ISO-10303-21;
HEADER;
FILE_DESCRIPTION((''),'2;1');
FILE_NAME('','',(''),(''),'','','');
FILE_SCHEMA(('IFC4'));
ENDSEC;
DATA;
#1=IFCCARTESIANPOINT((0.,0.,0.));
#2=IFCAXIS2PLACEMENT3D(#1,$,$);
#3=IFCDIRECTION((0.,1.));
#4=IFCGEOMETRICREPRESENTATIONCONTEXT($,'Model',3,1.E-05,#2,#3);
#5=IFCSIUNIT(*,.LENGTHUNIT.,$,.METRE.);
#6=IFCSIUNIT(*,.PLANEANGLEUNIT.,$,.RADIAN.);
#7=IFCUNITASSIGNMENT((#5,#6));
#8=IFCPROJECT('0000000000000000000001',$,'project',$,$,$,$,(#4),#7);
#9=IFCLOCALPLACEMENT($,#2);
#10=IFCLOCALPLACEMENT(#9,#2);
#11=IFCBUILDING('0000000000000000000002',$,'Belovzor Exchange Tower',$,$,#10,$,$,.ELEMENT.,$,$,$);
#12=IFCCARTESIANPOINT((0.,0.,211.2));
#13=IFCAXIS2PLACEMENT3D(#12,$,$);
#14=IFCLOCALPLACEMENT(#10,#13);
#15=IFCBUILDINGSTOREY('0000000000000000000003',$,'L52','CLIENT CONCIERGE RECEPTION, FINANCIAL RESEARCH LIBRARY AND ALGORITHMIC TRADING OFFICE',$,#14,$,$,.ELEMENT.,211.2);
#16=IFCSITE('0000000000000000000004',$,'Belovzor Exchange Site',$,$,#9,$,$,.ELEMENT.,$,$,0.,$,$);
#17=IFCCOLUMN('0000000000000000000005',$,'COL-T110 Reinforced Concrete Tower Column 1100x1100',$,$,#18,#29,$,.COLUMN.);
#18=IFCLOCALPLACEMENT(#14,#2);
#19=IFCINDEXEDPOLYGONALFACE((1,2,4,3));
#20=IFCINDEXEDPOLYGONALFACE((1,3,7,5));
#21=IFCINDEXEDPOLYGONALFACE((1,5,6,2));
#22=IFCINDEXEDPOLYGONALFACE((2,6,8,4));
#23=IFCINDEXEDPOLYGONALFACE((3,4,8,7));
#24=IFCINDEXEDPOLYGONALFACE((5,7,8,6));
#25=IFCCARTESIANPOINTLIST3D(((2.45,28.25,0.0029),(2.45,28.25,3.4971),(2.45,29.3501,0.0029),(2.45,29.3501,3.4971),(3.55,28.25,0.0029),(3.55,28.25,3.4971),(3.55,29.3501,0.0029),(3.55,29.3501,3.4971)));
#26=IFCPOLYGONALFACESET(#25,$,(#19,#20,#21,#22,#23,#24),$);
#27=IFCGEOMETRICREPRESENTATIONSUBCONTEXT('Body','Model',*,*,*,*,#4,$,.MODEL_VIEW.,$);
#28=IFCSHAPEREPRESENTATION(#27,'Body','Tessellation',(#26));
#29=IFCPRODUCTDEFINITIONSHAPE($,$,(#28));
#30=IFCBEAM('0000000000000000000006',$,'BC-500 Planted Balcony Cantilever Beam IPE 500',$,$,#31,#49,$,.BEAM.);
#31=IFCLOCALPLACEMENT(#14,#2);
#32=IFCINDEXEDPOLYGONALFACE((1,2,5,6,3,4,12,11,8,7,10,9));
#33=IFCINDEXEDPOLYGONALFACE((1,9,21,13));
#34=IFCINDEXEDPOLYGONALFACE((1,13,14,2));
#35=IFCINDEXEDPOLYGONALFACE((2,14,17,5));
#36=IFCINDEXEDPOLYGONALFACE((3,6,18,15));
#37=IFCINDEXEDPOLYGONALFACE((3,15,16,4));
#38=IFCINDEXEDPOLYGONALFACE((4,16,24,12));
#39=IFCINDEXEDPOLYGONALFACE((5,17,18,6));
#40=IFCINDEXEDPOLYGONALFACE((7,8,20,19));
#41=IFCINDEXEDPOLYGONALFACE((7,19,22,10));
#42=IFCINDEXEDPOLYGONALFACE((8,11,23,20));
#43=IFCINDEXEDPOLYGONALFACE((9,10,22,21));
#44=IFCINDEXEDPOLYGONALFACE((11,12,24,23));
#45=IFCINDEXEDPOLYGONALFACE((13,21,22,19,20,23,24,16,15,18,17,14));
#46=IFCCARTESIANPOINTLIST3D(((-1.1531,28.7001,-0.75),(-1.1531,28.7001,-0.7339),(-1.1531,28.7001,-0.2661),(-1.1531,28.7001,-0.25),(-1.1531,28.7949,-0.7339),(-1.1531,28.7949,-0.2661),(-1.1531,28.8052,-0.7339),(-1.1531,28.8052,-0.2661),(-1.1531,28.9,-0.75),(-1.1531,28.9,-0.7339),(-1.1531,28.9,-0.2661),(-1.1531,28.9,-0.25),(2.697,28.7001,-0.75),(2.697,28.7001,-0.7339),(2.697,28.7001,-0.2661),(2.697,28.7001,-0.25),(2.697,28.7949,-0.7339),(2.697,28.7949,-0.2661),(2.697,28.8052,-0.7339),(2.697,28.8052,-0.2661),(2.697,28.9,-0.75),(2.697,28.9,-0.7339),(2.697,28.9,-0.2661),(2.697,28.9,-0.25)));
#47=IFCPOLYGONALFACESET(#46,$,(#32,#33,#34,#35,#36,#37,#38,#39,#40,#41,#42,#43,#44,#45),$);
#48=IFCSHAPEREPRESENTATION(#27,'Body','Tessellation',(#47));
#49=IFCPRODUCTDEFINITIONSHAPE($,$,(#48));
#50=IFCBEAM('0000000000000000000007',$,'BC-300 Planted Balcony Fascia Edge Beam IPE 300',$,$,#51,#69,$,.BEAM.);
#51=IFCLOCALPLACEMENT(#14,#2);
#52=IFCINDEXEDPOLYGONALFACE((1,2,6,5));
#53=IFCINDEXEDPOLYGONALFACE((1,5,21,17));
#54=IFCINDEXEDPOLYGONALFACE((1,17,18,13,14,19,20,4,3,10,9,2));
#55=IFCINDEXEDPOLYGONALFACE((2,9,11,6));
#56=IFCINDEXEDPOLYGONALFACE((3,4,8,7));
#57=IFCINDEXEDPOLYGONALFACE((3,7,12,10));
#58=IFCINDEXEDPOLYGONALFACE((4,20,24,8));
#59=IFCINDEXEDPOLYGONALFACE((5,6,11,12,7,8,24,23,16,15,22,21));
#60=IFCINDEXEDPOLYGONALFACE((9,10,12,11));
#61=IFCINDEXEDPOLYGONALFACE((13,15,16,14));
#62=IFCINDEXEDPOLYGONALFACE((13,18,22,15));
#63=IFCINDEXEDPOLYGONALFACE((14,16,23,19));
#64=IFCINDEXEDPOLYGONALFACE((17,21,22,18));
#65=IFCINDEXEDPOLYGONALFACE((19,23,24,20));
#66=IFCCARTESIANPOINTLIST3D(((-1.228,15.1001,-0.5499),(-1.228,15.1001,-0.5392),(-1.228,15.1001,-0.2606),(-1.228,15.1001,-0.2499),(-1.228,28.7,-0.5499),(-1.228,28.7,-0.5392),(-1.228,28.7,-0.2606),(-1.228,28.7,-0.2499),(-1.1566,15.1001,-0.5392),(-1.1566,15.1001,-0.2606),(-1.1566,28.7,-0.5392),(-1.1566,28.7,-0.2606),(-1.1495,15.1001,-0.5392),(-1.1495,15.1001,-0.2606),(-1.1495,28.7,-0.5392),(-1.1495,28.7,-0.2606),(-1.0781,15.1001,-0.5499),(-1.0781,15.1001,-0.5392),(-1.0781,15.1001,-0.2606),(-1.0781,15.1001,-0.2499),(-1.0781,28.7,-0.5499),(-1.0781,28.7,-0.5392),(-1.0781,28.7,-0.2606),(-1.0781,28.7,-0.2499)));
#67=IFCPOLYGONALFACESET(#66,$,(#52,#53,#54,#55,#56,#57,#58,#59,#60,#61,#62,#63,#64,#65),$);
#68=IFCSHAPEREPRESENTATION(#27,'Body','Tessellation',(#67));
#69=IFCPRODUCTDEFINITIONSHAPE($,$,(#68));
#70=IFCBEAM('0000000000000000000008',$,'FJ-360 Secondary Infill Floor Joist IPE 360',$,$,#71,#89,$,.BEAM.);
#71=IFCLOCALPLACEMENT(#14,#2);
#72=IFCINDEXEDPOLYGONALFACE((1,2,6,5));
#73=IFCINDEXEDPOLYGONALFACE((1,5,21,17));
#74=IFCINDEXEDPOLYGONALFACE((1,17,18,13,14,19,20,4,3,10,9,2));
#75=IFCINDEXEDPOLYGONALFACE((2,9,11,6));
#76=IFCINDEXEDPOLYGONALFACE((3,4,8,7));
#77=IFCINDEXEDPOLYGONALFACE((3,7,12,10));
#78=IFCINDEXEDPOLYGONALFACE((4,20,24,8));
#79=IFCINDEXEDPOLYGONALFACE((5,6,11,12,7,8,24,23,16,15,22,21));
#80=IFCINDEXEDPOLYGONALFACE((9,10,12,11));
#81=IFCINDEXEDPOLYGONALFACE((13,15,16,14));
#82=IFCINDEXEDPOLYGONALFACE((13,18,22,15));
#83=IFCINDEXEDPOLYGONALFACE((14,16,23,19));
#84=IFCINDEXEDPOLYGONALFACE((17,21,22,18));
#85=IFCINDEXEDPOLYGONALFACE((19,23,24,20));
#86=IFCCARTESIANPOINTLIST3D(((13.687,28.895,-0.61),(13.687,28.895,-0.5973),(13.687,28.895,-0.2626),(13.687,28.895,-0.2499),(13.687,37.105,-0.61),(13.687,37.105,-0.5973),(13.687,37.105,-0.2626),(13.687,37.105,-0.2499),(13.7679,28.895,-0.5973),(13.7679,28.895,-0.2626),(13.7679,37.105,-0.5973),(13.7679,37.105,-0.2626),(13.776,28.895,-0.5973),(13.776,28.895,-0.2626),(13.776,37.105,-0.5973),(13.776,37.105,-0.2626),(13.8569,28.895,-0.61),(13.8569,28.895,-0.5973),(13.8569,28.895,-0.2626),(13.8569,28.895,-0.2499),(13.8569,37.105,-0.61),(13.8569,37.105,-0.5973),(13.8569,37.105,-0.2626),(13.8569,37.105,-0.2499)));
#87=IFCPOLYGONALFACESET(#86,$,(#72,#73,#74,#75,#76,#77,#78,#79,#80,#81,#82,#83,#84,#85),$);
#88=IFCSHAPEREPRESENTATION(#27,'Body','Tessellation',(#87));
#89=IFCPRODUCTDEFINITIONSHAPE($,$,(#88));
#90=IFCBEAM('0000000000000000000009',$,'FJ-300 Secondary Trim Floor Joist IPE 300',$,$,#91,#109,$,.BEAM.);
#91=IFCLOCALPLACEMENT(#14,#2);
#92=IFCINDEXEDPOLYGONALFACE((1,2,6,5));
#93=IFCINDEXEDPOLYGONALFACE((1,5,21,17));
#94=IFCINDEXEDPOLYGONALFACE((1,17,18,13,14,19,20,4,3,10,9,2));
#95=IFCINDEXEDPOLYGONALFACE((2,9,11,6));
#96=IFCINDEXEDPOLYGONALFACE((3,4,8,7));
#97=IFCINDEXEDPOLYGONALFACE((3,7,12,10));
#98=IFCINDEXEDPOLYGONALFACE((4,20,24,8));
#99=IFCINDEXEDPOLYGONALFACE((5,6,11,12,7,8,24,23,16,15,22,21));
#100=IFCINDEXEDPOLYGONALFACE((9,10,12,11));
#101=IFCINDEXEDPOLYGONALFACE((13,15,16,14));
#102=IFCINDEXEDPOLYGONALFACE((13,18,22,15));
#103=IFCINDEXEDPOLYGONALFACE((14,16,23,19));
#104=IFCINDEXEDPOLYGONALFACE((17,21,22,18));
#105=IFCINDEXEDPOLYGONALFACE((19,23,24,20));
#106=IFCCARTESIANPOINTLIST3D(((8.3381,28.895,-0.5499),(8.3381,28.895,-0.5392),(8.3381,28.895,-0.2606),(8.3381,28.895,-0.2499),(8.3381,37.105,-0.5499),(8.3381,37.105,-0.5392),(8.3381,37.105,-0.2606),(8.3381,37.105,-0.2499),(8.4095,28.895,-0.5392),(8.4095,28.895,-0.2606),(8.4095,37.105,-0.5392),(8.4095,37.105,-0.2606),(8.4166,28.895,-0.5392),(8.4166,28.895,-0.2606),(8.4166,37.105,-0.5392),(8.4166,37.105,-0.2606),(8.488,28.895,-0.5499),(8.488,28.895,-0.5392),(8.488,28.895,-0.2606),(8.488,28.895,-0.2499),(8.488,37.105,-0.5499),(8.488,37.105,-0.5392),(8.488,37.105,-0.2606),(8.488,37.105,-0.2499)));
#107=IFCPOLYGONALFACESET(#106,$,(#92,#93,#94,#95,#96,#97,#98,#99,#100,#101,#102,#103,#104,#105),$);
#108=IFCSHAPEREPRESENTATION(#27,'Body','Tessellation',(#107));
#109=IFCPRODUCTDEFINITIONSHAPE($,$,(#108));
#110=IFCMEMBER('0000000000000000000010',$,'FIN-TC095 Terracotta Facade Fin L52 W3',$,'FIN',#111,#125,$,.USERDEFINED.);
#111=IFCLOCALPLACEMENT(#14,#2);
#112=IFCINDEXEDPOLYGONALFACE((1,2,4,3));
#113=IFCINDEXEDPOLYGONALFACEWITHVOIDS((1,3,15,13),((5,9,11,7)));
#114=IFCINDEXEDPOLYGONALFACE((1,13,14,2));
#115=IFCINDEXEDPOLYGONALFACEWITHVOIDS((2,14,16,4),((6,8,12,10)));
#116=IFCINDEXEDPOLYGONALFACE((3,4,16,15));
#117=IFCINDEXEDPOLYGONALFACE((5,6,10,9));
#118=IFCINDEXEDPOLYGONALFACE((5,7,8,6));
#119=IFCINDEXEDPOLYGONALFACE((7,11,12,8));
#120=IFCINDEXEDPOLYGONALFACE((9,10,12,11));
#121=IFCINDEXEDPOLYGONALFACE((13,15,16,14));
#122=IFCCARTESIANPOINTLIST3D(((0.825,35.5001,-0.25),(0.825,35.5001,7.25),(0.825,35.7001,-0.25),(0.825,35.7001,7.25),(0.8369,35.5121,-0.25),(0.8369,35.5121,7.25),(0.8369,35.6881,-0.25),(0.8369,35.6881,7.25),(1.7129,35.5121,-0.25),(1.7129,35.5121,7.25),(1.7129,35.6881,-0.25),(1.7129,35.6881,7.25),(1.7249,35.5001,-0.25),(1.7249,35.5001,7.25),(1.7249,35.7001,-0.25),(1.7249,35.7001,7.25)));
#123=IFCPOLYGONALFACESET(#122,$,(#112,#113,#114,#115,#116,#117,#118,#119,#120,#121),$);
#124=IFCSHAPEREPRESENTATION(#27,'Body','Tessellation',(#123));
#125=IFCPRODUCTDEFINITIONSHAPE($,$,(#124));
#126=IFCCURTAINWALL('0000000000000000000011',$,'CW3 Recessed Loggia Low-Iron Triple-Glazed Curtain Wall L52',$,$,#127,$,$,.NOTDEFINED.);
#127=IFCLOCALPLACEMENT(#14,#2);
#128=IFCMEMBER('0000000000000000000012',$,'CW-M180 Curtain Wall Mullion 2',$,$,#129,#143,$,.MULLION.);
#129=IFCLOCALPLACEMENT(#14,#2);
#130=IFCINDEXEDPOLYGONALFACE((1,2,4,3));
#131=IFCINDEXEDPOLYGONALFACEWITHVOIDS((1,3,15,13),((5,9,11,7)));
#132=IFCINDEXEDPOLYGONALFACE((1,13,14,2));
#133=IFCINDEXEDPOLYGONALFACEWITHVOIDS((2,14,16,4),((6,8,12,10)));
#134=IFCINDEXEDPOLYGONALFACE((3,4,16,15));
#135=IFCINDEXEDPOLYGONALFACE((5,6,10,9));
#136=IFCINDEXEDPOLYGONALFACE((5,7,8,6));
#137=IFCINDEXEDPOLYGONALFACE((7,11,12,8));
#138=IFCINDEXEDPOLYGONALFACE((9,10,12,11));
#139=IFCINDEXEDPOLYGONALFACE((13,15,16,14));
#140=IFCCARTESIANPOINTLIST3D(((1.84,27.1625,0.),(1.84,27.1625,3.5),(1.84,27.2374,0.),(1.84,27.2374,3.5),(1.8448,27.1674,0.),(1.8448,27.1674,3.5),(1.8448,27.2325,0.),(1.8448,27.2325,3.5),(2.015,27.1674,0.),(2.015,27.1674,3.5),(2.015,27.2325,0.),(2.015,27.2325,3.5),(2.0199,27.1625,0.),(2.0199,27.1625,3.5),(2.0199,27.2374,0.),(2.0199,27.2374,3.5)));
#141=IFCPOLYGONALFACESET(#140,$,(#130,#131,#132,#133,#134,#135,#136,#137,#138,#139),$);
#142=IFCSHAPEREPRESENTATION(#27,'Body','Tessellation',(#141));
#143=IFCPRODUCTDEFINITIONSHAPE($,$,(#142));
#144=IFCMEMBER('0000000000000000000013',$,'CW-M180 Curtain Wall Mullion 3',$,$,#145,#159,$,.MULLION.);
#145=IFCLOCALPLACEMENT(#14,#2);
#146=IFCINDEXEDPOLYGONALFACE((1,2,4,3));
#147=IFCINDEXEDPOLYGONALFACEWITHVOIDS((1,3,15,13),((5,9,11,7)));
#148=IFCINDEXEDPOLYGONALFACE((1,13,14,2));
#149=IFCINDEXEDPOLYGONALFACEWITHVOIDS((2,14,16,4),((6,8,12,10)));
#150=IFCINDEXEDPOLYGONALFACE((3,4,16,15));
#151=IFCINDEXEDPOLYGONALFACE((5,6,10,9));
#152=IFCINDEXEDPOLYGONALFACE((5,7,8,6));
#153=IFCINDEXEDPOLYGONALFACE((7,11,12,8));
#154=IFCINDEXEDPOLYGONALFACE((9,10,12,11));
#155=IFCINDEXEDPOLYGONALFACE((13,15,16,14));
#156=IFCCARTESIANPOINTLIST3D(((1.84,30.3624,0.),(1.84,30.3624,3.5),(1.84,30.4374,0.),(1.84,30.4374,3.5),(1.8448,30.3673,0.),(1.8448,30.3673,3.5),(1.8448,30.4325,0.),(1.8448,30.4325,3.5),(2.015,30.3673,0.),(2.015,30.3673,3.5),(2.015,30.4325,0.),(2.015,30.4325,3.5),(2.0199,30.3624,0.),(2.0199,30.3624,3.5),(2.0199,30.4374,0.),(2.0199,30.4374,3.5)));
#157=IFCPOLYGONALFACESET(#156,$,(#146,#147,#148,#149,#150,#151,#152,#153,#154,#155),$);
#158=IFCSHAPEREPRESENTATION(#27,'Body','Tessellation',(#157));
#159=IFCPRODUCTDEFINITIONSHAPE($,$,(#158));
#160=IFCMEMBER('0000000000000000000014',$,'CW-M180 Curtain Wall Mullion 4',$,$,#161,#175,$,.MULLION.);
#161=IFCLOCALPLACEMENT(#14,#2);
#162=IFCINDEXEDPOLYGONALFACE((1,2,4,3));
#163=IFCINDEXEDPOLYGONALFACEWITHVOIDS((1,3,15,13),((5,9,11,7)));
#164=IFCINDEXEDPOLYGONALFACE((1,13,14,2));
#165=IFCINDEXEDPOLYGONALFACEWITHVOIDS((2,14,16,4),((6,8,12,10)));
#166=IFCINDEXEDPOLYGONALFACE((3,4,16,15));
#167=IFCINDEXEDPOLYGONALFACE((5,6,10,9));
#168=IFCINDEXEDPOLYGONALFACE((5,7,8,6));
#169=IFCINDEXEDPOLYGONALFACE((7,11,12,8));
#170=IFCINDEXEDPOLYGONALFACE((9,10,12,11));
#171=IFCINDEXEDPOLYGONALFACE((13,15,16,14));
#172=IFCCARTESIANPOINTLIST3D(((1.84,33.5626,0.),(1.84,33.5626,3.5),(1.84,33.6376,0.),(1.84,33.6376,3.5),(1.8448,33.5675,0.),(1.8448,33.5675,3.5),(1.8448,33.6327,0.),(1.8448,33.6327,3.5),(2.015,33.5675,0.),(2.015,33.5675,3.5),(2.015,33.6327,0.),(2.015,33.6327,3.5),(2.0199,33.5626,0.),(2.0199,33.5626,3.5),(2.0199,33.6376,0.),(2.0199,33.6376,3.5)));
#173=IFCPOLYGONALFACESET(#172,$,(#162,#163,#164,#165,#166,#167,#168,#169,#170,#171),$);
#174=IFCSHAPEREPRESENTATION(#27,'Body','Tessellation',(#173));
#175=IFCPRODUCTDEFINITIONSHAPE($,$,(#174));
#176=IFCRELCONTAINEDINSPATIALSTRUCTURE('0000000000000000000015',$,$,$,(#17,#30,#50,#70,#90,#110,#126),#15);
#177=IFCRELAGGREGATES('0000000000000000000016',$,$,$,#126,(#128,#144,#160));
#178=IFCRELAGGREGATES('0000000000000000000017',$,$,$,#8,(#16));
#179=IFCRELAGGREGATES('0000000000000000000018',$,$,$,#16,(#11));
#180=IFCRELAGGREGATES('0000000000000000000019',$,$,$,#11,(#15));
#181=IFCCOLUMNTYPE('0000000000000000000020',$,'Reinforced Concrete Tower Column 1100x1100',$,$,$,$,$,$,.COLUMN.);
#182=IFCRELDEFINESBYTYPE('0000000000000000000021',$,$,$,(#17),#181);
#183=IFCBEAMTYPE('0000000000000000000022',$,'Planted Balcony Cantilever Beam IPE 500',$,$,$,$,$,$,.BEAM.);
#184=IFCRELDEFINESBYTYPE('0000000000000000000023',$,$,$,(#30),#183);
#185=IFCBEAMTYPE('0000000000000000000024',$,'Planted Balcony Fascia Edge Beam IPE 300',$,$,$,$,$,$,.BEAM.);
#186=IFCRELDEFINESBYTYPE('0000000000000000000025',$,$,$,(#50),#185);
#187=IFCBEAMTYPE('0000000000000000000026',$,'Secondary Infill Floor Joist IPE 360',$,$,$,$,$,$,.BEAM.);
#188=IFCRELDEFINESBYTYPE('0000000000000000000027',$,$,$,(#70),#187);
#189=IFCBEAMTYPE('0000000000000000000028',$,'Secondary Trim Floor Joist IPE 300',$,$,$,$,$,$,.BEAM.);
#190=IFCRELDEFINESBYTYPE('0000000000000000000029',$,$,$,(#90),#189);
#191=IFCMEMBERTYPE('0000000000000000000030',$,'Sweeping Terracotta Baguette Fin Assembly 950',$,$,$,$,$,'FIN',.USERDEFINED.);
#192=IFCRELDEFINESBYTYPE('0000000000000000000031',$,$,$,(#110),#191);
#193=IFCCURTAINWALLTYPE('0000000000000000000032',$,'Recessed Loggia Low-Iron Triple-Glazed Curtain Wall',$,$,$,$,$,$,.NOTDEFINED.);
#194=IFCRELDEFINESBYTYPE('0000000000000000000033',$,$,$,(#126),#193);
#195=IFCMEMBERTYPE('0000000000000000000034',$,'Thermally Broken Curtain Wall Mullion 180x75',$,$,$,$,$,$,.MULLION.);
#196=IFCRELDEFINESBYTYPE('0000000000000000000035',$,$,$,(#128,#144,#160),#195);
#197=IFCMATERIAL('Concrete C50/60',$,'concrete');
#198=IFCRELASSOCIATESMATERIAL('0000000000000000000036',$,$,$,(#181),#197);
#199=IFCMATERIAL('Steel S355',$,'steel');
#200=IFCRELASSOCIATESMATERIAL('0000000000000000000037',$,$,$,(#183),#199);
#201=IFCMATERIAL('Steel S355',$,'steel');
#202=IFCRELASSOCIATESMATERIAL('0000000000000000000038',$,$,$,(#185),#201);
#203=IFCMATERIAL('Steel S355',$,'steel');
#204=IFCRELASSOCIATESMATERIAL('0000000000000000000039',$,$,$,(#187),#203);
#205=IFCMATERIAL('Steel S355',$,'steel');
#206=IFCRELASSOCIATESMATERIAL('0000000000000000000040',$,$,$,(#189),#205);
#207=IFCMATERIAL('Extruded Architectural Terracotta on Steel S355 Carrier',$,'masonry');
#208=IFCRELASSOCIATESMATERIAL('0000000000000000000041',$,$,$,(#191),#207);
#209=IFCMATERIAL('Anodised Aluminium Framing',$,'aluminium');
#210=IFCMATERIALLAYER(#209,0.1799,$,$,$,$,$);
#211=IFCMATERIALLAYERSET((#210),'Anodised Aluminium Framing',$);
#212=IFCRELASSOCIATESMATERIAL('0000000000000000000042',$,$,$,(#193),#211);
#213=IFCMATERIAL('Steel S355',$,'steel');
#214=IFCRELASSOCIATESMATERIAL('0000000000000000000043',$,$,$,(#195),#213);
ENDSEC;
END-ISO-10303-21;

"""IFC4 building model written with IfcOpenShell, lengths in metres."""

from ifc_helpers import new_model, si_unit, direction, frame, origin, origin_2d, place, context, subcontext, project, spatial, rectangle, hollow_rectangle, i_section, extrude, material, layer, layer_set, material_profile, profile_set, type_object, element, aggregate, save


model = new_model("IFC4")

# Units and contexts
model_context = context("Model", 3, precision=1e-05, world=origin(), true_north=direction((0.0, 1.0)))
body_context = subcontext(model_context, "Body", "Model", "MODEL_VIEW")
ifc_project = project(units=[si_unit("LENGTHUNIT", "METRE"), si_unit("PLANEANGLEUNIT", "RADIAN")], contexts=[model_context])

# Site, building, storey
site_placement = place(None, origin())
site = spatial("IfcSite", under=ifc_project, at=site_placement, Name="Belovzor Exchange Site", CompositionType="ELEMENT", RefElevation=0.0)
building_placement = place(site_placement, origin())
building = spatial("IfcBuilding", under=site, at=building_placement, Name="Belovzor Exchange Tower", CompositionType="ELEMENT")
storey_placement = place(building_placement, frame((0.0, 0.0, 211.2)))
storey = spatial("IfcBuildingStorey", under=building, at=storey_placement, Name="L52", Description="CLIENT CONCIERGE RECEPTION, FINANCIAL RESEARCH LIBRARY AND ALGORITHMIC TRADING OFFICE", CompositionType="ELEMENT", Elevation=211.2)

# Column
ifc_material_1 = material(Name="Concrete C50/60", Category="concrete")
ifc_material_profile_1 = material_profile(ifc_material_1, rectangle(XDim=1.1001, YDim=1.1001, at=origin_2d()))
ifc_profile_set_1 = profile_set([ifc_material_profile_1], Name="Concrete C50/60")
column_type = type_object("IfcColumnType", Name="Reinforced Concrete Tower Column 1100x1100", PredefinedType="COLUMN", material=ifc_profile_set_1)
column_placement = place(storey_placement, frame((3.0, 28.8, 0.0029), z_axis=(0.0, 0.0, 1.0), x_axis=(1.0, 0.0, 0.0)))
element("IfcColumn", 1, at=column_placement, inside=storey, type_object=column_type, Name="COL-T110 Reinforced Concrete Tower Column 1100x1100", PredefinedType="COLUMN", context=body_context, shape_type="SweptSolid", body=[
    extrude(rectangle(XDim=1.1001, YDim=1.1001, at=origin_2d()), origin(), (0.0, 0.0, 1.0), 3.4941),
])

# Beams
ifc_material_2 = material(Name="Steel S355", Category="steel")
ifc_material_profile_2 = material_profile(ifc_material_2, i_section(OverallWidth=0.2, OverallDepth=0.5, WebThickness=0.0103, FlangeThickness=0.0161, at=origin_2d()))
ifc_profile_set_2 = profile_set([ifc_material_profile_2], Name="Steel S355")
beam_type_1 = type_object("IfcBeamType", Name="Planted Balcony Cantilever Beam IPE 500", PredefinedType="BEAM", material=ifc_profile_set_2)
beam_1_placement = place(storey_placement, frame((2.697, 28.8, -0.5), z_axis=(-1.0, 0.0, 0.0), x_axis=(0.0, -1.0, 0.0)))
element("IfcBeam", 2, at=beam_1_placement, inside=storey, type_object=beam_type_1, Name="BC-500 Planted Balcony Cantilever Beam IPE 500", PredefinedType="BEAM", context=body_context, shape_type="SweptSolid", body=[
    extrude(i_section(OverallWidth=0.2, OverallDepth=0.5, WebThickness=0.0103, FlangeThickness=0.0161, at=origin_2d()), origin(), (0.0, 0.0, 1.0), 3.8501),
])
ifc_material_3 = material(Name="Steel S355", Category="steel")
ifc_material_profile_3 = material_profile(ifc_material_3, i_section(OverallWidth=0.1499, OverallDepth=0.3, WebThickness=0.0071, FlangeThickness=0.0107, at=origin_2d()))
ifc_profile_set_3 = profile_set([ifc_material_profile_3], Name="Steel S355")
beam_type_2 = type_object("IfcBeamType", Name="Planted Balcony Fascia Edge Beam IPE 300", PredefinedType="BEAM", material=ifc_profile_set_3)
beam_2_placement = place(storey_placement, frame((-1.1531, 28.7, -0.3999), z_axis=(0.0, -1.0, 0.0), x_axis=(1.0, 0.0, 0.0)))
element("IfcBeam", 3, at=beam_2_placement, inside=storey, type_object=beam_type_2, Name="BC-300 Planted Balcony Fascia Edge Beam IPE 300", PredefinedType="BEAM", context=body_context, shape_type="SweptSolid", body=[
    extrude(i_section(OverallWidth=0.1499, OverallDepth=0.3, WebThickness=0.0071, FlangeThickness=0.0107, at=origin_2d()), origin(), (0.0, 0.0, 1.0), 13.5999),
])
ifc_material_4 = material(Name="Steel S355", Category="steel")
ifc_material_profile_4 = material_profile(ifc_material_4, i_section(OverallWidth=0.1699, OverallDepth=0.3601, WebThickness=0.0081, FlangeThickness=0.0127, at=origin_2d()))
ifc_profile_set_4 = profile_set([ifc_material_profile_4], Name="Steel S355")
beam_type_3 = type_object("IfcBeamType", Name="Secondary Infill Floor Joist IPE 360", PredefinedType="BEAM", material=ifc_profile_set_4)
beam_3_placement = place(storey_placement, frame((13.772, 28.895, -0.4299), z_axis=(0.0, 1.0, 0.0), x_axis=(-1.0, 0.0, 0.0)))
element("IfcBeam", 4, at=beam_3_placement, inside=storey, type_object=beam_type_3, Name="FJ-360 Secondary Infill Floor Joist IPE 360", PredefinedType="BEAM", context=body_context, shape_type="SweptSolid", body=[
    extrude(i_section(OverallWidth=0.1699, OverallDepth=0.3601, WebThickness=0.0081, FlangeThickness=0.0127, at=origin_2d()), origin(), (0.0, 0.0, 1.0), 8.21),
])
ifc_material_5 = material(Name="Steel S355", Category="steel")
ifc_material_profile_5 = material_profile(ifc_material_5, i_section(OverallWidth=0.1499, OverallDepth=0.3, WebThickness=0.0071, FlangeThickness=0.0107, at=origin_2d()))
ifc_profile_set_5 = profile_set([ifc_material_profile_5], Name="Steel S355")
beam_type_4 = type_object("IfcBeamType", Name="Secondary Trim Floor Joist IPE 300", PredefinedType="BEAM", material=ifc_profile_set_5)
beam_4_placement = place(storey_placement, frame((8.4131, 28.895, -0.3999), z_axis=(0.0, 1.0, 0.0), x_axis=(-1.0, 0.0, 0.0)))
element("IfcBeam", 5, at=beam_4_placement, inside=storey, type_object=beam_type_4, Name="FJ-300 Secondary Trim Floor Joist IPE 300", PredefinedType="BEAM", context=body_context, shape_type="SweptSolid", body=[
    extrude(i_section(OverallWidth=0.1499, OverallDepth=0.3, WebThickness=0.0071, FlangeThickness=0.0107, at=origin_2d()), origin(), (0.0, 0.0, 1.0), 8.21),
])

# Member
ifc_material_6 = material(Name="Extruded Architectural Terracotta on Steel S355 Carrier", Category="masonry")
ifc_material_profile_6 = material_profile(ifc_material_6, hollow_rectangle(XDim=0.2, YDim=0.8999, WallThickness=0.012, at=origin_2d()))
ifc_profile_set_6 = profile_set([ifc_material_profile_6], Name="Extruded Architectural Terracotta on Steel S355 Carrier")
member_type_1 = type_object("IfcMemberType", Name="Sweeping Terracotta Baguette Fin Assembly 950", ElementType="FIN", PredefinedType="USERDEFINED", material=ifc_profile_set_6)
member_1_placement = place(storey_placement, frame((1.2749, 35.6001, -0.25), z_axis=(0.0, 0.0, 1.0), x_axis=(0.0, 1.0, 0.0)))
element("IfcMember", 6, at=member_1_placement, inside=storey, type_object=member_type_1, Name="FIN-TC095 Terracotta Facade Fin L52 W3", ObjectType="FIN", PredefinedType="USERDEFINED", context=body_context, shape_type="SweptSolid", body=[
    extrude(hollow_rectangle(XDim=0.2, YDim=0.8999, WallThickness=0.012, at=origin_2d()), origin(), (0.0, 0.0, 1.0), 7.5),
])

# Curtain wall, members
ifc_material_7 = material(Name="Anodised Aluminium Framing", Category="aluminium")
ifc_layer_1 = layer(ifc_material_7, 0.1799)
ifc_layer_set_1 = layer_set([ifc_layer_1], Name="Anodised Aluminium Framing")
curtain_wall_type = type_object("IfcCurtainWallType", Name="Recessed Loggia Low-Iron Triple-Glazed Curtain Wall", PredefinedType="NOTDEFINED", material=ifc_layer_set_1)
curtain_wall_placement = place(storey_placement, origin())
curtain_wall = element("IfcCurtainWall", 7, at=curtain_wall_placement, inside=storey, type_object=curtain_wall_type, Name="CW3 Recessed Loggia Low-Iron Triple-Glazed Curtain Wall L52", PredefinedType="NOTDEFINED")
ifc_material_8 = material(Name="Steel S355", Category="steel")
ifc_material_profile_7 = material_profile(ifc_material_8, hollow_rectangle(XDim=0.075, YDim=0.1799, WallThickness=0.0049, at=origin_2d()))
ifc_profile_set_7 = profile_set([ifc_material_profile_7], Name="Steel S355")
member_type_2 = type_object("IfcMemberType", Name="Thermally Broken Curtain Wall Mullion 180x75", PredefinedType="MULLION", material=ifc_profile_set_7)
member_2_placement = place(storey_placement, frame((1.9299, 27.2, 0.0), z_axis=(0.0, 0.0, 1.0), x_axis=(0.0, 1.0, 0.0)))
member_2 = element("IfcMember", 8, at=member_2_placement, type_object=member_type_2, Name="CW-M180 Curtain Wall Mullion 2", PredefinedType="MULLION", context=body_context, shape_type="SweptSolid", body=[
    extrude(hollow_rectangle(XDim=0.075, YDim=0.1799, WallThickness=0.0049, at=origin_2d()), origin(), (0.0, 0.0, 1.0), 3.5),
])
member_3_placement = place(storey_placement, frame((1.9299, 30.3999, 0.0), z_axis=(0.0, 0.0, 1.0), x_axis=(0.0, 1.0, 0.0)))
member_3 = element("IfcMember", 9, at=member_3_placement, type_object=member_type_2, Name="CW-M180 Curtain Wall Mullion 3", PredefinedType="MULLION", context=body_context, shape_type="SweptSolid", body=[
    extrude(hollow_rectangle(XDim=0.075, YDim=0.1799, WallThickness=0.0049, at=origin_2d()), origin(), (0.0, 0.0, 1.0), 3.5),
])
member_4_placement = place(storey_placement, frame((1.9299, 33.6001, 0.0), z_axis=(0.0, 0.0, 1.0), x_axis=(0.0, 1.0, 0.0)))
member_4 = element("IfcMember", 10, at=member_4_placement, type_object=member_type_2, Name="CW-M180 Curtain Wall Mullion 4", PredefinedType="MULLION", context=body_context, shape_type="SweptSolid", body=[
    extrude(hollow_rectangle(XDim=0.075, YDim=0.1799, WallThickness=0.0049, at=origin_2d()), origin(), (0.0, 0.0, 1.0), 3.5),
])

aggregate(curtain_wall, [member_2, member_3, member_4])

save(model, "model.ifc")
